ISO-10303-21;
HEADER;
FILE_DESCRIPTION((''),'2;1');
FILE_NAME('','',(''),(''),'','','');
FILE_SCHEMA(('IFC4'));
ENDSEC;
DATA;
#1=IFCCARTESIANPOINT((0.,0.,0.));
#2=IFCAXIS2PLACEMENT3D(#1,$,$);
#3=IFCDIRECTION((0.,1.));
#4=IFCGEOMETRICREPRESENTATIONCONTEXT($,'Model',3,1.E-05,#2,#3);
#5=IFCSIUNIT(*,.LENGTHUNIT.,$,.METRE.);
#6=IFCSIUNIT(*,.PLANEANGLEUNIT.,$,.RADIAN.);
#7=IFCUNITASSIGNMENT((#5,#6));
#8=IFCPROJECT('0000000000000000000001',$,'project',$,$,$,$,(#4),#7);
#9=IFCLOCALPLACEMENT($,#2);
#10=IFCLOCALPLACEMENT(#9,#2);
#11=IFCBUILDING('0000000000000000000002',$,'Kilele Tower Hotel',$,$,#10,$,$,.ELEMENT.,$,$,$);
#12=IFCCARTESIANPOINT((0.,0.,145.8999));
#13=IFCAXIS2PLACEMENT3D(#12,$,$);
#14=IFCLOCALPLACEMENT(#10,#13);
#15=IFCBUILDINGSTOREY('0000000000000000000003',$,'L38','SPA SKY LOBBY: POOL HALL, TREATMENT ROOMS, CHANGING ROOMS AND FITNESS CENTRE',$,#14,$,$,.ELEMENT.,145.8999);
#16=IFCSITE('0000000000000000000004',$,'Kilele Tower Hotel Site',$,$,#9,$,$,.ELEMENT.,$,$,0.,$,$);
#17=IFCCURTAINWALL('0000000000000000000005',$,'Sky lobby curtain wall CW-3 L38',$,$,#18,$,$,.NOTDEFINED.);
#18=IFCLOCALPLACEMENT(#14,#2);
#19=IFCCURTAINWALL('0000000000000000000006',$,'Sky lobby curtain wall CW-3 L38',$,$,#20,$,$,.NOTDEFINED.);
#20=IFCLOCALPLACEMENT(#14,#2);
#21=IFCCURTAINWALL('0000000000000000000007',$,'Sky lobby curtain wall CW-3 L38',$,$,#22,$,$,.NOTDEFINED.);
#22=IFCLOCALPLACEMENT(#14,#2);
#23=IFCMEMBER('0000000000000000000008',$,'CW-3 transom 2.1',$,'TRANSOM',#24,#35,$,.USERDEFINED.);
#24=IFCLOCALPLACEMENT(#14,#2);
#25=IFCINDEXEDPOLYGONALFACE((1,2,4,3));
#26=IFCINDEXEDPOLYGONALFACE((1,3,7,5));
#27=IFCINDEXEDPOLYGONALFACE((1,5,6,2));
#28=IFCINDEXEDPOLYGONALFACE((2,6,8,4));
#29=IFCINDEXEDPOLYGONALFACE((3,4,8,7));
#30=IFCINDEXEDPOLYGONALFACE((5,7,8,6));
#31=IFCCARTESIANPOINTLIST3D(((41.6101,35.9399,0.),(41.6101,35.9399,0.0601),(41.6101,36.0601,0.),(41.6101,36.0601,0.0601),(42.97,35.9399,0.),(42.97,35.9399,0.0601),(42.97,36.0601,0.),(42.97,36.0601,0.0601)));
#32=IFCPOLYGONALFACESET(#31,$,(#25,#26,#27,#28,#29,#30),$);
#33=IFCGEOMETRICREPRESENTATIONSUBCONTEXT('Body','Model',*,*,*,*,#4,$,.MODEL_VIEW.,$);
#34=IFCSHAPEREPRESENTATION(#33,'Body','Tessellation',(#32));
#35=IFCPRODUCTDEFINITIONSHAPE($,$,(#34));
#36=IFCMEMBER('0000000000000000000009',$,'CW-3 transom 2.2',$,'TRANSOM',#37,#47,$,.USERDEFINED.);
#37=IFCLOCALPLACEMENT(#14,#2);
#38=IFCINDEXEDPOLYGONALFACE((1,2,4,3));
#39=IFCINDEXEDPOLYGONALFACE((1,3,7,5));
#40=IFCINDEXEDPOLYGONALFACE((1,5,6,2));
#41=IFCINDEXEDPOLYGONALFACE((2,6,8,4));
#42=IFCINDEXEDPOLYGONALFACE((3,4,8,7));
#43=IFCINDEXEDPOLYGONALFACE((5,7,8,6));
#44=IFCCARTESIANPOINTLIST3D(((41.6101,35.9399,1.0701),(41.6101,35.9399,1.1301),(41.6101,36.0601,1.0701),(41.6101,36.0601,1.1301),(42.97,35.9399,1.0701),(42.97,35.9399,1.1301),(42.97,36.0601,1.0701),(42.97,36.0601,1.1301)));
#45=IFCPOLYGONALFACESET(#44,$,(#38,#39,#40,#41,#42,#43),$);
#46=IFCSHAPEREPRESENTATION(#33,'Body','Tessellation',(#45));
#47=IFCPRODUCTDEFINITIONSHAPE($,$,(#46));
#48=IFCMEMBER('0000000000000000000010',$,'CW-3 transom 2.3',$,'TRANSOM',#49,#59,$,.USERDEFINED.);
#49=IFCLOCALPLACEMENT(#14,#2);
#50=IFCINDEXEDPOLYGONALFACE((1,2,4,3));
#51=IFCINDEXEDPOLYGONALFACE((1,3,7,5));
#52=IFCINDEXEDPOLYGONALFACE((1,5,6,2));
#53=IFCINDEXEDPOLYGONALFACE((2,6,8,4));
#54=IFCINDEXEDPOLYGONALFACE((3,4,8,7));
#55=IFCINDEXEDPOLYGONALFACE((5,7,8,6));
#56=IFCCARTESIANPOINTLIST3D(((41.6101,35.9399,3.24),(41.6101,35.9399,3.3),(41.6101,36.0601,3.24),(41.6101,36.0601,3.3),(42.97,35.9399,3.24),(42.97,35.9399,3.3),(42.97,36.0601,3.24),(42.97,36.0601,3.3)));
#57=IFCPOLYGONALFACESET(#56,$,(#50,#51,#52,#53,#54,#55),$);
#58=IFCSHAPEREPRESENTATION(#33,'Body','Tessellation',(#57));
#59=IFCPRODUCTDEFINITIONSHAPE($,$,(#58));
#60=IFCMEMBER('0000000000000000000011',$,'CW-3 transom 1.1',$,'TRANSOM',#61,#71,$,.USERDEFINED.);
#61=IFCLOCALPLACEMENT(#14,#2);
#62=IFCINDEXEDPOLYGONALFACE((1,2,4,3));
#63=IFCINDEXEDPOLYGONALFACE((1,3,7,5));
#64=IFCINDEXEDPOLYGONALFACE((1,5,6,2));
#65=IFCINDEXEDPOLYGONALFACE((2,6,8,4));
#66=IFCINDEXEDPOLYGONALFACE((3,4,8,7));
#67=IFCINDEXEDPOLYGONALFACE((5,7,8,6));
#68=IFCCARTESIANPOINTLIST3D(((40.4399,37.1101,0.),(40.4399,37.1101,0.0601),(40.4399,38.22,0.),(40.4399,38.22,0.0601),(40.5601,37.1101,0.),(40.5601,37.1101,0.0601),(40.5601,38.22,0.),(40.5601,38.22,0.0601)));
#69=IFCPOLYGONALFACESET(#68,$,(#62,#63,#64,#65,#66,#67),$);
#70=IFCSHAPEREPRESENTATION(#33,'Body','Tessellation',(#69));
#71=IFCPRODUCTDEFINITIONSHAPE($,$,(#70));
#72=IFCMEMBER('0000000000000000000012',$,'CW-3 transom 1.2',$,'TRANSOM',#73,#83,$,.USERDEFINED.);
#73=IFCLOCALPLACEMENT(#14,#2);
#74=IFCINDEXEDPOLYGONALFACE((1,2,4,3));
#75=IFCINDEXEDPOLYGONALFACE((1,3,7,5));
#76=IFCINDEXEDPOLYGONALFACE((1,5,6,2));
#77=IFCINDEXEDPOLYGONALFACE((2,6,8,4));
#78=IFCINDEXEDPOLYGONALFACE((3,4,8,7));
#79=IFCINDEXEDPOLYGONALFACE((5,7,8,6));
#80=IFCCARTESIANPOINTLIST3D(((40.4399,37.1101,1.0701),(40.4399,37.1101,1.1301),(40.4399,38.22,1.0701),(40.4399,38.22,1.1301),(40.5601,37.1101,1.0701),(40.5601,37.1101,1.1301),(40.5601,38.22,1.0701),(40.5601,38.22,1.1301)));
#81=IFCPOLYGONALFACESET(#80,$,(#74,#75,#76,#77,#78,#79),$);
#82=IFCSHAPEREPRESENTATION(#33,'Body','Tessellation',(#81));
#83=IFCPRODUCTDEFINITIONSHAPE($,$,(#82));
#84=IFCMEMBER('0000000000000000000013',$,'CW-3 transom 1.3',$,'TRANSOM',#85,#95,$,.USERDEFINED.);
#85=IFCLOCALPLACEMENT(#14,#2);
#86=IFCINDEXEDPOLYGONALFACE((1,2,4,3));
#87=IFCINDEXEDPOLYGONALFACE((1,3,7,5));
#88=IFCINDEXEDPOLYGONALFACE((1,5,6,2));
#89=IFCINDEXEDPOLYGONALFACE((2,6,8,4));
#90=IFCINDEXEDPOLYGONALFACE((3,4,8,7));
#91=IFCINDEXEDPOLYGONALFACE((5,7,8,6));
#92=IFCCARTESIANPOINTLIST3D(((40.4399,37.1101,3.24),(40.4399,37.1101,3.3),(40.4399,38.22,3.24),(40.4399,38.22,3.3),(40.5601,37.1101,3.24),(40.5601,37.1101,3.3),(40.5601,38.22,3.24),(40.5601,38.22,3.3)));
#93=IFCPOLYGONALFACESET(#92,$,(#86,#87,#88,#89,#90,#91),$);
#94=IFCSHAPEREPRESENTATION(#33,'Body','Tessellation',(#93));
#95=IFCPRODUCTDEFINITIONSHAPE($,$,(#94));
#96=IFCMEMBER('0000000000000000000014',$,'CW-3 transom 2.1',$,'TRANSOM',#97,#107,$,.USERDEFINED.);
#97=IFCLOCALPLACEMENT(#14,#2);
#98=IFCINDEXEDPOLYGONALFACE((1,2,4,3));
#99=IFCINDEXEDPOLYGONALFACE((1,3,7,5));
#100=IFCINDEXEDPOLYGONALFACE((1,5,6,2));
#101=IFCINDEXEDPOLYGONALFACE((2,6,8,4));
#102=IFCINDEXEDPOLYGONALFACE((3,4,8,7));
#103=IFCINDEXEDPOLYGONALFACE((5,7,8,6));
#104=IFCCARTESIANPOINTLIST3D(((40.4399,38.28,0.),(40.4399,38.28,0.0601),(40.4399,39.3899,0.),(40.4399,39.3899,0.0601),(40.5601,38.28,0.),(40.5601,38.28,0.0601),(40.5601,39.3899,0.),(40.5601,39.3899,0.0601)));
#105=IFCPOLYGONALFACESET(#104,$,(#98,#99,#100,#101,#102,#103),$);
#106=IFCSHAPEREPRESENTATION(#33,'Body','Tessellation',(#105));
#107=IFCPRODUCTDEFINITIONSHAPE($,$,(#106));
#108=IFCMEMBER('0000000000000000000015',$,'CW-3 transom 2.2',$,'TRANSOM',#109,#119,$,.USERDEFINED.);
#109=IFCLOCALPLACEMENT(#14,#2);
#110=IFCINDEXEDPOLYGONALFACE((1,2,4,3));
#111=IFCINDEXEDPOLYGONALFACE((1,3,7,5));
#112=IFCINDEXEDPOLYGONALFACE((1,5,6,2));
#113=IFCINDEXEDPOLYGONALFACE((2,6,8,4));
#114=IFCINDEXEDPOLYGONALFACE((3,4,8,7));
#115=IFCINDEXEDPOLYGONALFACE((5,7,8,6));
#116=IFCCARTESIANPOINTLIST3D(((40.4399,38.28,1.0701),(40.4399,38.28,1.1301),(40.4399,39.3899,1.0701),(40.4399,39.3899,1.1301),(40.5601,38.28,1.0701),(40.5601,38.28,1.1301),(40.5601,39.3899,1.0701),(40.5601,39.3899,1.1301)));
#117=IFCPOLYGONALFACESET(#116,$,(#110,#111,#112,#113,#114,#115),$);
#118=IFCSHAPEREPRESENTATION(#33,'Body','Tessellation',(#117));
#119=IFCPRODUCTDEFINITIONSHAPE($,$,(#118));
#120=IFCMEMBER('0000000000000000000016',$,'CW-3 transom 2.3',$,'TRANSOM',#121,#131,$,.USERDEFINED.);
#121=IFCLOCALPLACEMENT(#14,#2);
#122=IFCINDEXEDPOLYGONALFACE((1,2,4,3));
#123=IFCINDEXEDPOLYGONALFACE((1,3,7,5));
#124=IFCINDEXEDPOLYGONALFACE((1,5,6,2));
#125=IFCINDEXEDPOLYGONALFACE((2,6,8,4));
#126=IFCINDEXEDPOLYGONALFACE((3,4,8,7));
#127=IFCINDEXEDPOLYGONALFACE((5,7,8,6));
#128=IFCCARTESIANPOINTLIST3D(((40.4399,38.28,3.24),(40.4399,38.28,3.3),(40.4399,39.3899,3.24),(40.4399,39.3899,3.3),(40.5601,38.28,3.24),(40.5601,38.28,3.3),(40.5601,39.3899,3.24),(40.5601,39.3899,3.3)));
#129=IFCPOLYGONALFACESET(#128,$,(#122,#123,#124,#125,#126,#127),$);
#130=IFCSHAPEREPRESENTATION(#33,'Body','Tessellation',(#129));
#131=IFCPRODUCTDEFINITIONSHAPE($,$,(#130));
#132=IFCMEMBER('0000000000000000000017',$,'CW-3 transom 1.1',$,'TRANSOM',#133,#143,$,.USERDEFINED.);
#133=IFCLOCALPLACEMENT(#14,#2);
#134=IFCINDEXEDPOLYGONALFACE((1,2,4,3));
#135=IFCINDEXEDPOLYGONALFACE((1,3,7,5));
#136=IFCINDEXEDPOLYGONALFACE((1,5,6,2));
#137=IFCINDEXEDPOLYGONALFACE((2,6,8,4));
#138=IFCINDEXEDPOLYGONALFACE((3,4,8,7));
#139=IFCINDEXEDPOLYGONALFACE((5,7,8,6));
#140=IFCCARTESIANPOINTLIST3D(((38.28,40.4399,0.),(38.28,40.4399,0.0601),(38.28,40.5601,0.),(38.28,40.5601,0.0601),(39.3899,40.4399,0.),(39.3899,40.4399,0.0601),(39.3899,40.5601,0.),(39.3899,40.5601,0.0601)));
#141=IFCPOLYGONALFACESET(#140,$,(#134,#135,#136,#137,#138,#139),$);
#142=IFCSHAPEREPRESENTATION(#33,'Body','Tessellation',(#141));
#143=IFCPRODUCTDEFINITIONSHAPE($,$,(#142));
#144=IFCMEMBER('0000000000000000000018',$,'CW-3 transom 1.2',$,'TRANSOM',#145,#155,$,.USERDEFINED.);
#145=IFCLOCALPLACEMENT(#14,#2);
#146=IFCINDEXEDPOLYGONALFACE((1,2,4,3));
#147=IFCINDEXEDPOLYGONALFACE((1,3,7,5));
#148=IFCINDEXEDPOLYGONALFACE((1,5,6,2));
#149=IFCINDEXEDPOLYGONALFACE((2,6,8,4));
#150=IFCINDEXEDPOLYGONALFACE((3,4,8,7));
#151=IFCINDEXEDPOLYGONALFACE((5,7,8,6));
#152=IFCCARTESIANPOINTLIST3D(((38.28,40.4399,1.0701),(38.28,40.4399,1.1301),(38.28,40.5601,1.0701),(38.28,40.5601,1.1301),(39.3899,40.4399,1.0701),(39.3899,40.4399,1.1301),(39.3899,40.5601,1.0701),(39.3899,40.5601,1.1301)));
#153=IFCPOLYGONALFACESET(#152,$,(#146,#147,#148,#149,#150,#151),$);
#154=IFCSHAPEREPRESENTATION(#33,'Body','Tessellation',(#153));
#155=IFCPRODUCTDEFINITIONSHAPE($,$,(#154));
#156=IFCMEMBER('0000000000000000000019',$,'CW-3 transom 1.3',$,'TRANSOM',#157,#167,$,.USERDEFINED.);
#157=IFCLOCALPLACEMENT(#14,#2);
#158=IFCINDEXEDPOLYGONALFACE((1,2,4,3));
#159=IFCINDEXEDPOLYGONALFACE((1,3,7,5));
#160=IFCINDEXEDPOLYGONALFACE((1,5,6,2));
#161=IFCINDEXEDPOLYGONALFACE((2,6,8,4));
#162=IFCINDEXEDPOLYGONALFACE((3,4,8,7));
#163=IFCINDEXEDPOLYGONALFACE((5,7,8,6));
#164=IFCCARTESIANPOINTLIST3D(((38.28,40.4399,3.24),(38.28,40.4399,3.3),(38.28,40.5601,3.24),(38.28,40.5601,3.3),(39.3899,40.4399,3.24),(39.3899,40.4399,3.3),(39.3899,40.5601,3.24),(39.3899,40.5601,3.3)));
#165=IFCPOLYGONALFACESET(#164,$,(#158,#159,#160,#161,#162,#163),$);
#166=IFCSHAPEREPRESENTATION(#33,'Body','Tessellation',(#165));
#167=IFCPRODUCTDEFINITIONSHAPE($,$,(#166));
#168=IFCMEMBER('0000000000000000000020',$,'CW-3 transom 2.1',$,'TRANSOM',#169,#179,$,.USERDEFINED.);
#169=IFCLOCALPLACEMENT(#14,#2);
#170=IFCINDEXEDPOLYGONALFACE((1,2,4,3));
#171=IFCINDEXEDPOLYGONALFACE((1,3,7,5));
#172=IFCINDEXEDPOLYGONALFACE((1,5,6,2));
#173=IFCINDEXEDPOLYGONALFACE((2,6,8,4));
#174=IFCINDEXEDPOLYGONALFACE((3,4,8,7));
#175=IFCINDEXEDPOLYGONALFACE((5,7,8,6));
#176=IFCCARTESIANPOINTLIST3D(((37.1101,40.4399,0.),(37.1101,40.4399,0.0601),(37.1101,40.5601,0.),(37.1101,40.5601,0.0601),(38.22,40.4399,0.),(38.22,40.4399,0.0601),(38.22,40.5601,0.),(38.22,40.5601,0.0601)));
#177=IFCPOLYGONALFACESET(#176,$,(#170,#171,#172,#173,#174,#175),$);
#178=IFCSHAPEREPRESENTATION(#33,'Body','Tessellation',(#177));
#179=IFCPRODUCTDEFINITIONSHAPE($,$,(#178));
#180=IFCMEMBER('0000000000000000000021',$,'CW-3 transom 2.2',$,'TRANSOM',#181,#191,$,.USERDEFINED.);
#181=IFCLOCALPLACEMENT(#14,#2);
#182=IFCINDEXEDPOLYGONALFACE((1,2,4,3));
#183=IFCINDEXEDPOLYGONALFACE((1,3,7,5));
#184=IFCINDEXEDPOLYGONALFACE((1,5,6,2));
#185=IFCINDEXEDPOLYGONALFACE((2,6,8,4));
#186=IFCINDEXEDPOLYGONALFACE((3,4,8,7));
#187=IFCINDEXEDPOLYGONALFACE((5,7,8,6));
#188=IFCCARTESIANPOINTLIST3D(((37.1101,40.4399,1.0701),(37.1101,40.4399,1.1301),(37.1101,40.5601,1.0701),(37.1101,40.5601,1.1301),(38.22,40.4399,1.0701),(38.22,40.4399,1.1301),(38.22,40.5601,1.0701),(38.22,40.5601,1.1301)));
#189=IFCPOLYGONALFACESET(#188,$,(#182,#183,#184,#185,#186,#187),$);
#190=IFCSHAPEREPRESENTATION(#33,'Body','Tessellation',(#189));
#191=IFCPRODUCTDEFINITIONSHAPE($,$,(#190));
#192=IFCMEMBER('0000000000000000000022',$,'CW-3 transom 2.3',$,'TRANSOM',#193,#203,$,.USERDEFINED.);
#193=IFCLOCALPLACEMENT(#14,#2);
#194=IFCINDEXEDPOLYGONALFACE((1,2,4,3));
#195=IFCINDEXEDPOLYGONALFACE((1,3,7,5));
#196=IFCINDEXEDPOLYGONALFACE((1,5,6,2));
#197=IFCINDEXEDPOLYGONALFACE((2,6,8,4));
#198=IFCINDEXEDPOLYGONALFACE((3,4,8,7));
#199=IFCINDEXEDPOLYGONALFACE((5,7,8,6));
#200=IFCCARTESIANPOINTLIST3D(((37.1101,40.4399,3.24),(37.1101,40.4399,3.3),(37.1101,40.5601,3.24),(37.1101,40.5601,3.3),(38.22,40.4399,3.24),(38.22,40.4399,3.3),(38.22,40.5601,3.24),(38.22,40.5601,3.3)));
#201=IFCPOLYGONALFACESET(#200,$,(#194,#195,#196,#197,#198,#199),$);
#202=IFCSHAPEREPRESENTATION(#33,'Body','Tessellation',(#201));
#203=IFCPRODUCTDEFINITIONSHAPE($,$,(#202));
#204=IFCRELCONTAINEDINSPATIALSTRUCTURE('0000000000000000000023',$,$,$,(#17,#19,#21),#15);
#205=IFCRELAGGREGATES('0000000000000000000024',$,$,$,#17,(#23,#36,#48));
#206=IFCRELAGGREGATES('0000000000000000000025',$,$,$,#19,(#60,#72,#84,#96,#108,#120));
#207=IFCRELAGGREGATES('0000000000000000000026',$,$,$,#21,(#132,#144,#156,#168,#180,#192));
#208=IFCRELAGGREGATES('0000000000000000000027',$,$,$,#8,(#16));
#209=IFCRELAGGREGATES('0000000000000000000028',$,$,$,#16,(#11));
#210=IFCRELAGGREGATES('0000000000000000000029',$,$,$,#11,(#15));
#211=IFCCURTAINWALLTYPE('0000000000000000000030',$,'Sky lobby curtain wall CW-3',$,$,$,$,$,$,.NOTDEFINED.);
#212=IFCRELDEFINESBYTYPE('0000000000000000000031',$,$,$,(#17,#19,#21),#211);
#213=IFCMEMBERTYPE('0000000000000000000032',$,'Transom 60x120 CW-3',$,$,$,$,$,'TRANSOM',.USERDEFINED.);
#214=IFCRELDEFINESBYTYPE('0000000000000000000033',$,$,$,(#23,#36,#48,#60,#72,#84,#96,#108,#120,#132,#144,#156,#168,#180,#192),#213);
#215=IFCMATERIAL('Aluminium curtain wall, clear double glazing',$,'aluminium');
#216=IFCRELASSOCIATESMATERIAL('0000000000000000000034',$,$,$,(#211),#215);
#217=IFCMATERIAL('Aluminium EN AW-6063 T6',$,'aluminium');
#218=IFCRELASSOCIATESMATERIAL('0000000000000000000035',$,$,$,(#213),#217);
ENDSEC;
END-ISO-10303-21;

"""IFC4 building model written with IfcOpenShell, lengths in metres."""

from ifc_helpers import new_model, si_unit, direction, frame, origin, origin_2d, place, context, subcontext, project, spatial, rectangle, extrude, material, material_profile, profile_set, type_object, element, aggregate, save


model = new_model("IFC4")

# Units and contexts
model_context = context("Model", 3, precision=1e-05, world=origin(), true_north=direction((0.0, 1.0)))
body_context = subcontext(model_context, "Body", "Model", "MODEL_VIEW")
ifc_project = project(units=[si_unit("LENGTHUNIT", "METRE"), si_unit("PLANEANGLEUNIT", "RADIAN")], contexts=[model_context])

# Site, building, storey
site_placement = place(None, origin())
site = spatial("IfcSite", under=ifc_project, at=site_placement, Name="Kilele Tower Hotel Site", CompositionType="ELEMENT", RefElevation=0.0)
building_placement = place(site_placement, origin())
building = spatial("IfcBuilding", under=site, at=building_placement, Name="Kilele Tower Hotel", CompositionType="ELEMENT")
storey_placement = place(building_placement, frame((0.0, 0.0, 145.8999)))
storey = spatial("IfcBuildingStorey", under=building, at=storey_placement, Name="L38", Description="SPA SKY LOBBY: POOL HALL, TREATMENT ROOMS, CHANGING ROOMS AND FITNESS CENTRE", CompositionType="ELEMENT", Elevation=145.8999)

# Curtain walls
ifc_material_1 = material(Name="Aluminium curtain wall, clear double glazing", Category="aluminium")
curtain_wall_type = type_object("IfcCurtainWallType", Name="Sky lobby curtain wall CW-3", PredefinedType="NOTDEFINED", material=ifc_material_1)
curtain_wall_1_placement = place(storey_placement, origin())
curtain_wall_1 = element("IfcCurtainWall", 1, at=curtain_wall_1_placement, inside=storey, type_object=curtain_wall_type, Name="Sky lobby curtain wall CW-3 L38", PredefinedType="NOTDEFINED")
curtain_wall_2_placement = place(storey_placement, origin())
curtain_wall_2 = element("IfcCurtainWall", 2, at=curtain_wall_2_placement, inside=storey, type_object=curtain_wall_type, Name="Sky lobby curtain wall CW-3 L38", PredefinedType="NOTDEFINED")
curtain_wall_3_placement = place(storey_placement, origin())
curtain_wall_3 = element("IfcCurtainWall", 3, at=curtain_wall_3_placement, inside=storey, type_object=curtain_wall_type, Name="Sky lobby curtain wall CW-3 L38", PredefinedType="NOTDEFINED")

# Members
ifc_material_2 = material(Name="Aluminium EN AW-6063 T6", Category="aluminium")
ifc_material_profile_1 = material_profile(ifc_material_2, rectangle(XDim=0.1201, YDim=0.0601, at=origin_2d()))
ifc_profile_set_1 = profile_set([ifc_material_profile_1], Name="Aluminium EN AW-6063 T6")
member_type_1 = type_object("IfcMemberType", Name="Transom 60x120 CW-3", ElementType="TRANSOM", PredefinedType="USERDEFINED", material=ifc_profile_set_1)
member_1_placement = place(storey_placement, frame((42.97, 36.0, 0.03), z_axis=(-1.0, 0.0, 0.0), x_axis=(0.0, -1.0, 0.0)))
member_1 = element("IfcMember", 4, at=member_1_placement, type_object=member_type_1, Name="CW-3 transom 2.1", ObjectType="TRANSOM", PredefinedType="USERDEFINED", context=body_context, shape_type="SweptSolid", body=[
    extrude(rectangle(XDim=0.1201, YDim=0.0601, at=origin_2d()), origin(), (0.0, 0.0, 1.0), 1.3599),
])
member_2_placement = place(storey_placement, frame((42.97, 36.0, 1.1001), z_axis=(-1.0, 0.0, 0.0), x_axis=(0.0, -1.0, 0.0)))
member_2 = element("IfcMember", 5, at=member_2_placement, type_object=member_type_1, Name="CW-3 transom 2.2", ObjectType="TRANSOM", PredefinedType="USERDEFINED", context=body_context, shape_type="SweptSolid", body=[
    extrude(rectangle(XDim=0.1201, YDim=0.0601, at=origin_2d()), origin(), (0.0, 0.0, 1.0), 1.3599),
])
member_3_placement = place(storey_placement, frame((42.97, 36.0, 3.27), z_axis=(-1.0, 0.0, 0.0), x_axis=(0.0, -1.0, 0.0)))
member_3 = element("IfcMember", 6, at=member_3_placement, type_object=member_type_1, Name="CW-3 transom 2.3", ObjectType="TRANSOM", PredefinedType="USERDEFINED", context=body_context, shape_type="SweptSolid", body=[
    extrude(rectangle(XDim=0.1201, YDim=0.0601, at=origin_2d()), origin(), (0.0, 0.0, 1.0), 1.3599),
])
member_4_placement = place(storey_placement, frame((40.5, 37.1101, 0.03), z_axis=(0.0, 1.0, 0.0), x_axis=(-1.0, 0.0, 0.0)))
member_4 = element("IfcMember", 7, at=member_4_placement, type_object=member_type_1, Name="CW-3 transom 1.1", ObjectType="TRANSOM", PredefinedType="USERDEFINED", context=body_context, shape_type="SweptSolid", body=[
    extrude(rectangle(XDim=0.1201, YDim=0.0601, at=origin_2d()), origin(), (0.0, 0.0, 1.0), 1.1099),
])
member_5_placement = place(storey_placement, frame((40.5, 37.1101, 1.1001), z_axis=(0.0, 1.0, 0.0), x_axis=(-1.0, 0.0, 0.0)))
member_5 = element("IfcMember", 8, at=member_5_placement, type_object=member_type_1, Name="CW-3 transom 1.2", ObjectType="TRANSOM", PredefinedType="USERDEFINED", context=body_context, shape_type="SweptSolid", body=[
    extrude(rectangle(XDim=0.1201, YDim=0.0601, at=origin_2d()), origin(), (0.0, 0.0, 1.0), 1.1099),
])
member_6_placement = place(storey_placement, frame((40.5, 37.1101, 3.27), z_axis=(0.0, 1.0, 0.0), x_axis=(-1.0, 0.0, 0.0)))
member_6 = element("IfcMember", 9, at=member_6_placement, type_object=member_type_1, Name="CW-3 transom 1.3", ObjectType="TRANSOM", PredefinedType="USERDEFINED", context=body_context, shape_type="SweptSolid", body=[
    extrude(rectangle(XDim=0.1201, YDim=0.0601, at=origin_2d()), origin(), (0.0, 0.0, 1.0), 1.1099),
])
member_7_placement = place(storey_placement, frame((40.5, 38.28, 0.03), z_axis=(0.0, 1.0, 0.0), x_axis=(-1.0, 0.0, 0.0)))
member_7 = element("IfcMember", 10, at=member_7_placement, type_object=member_type_1, Name="CW-3 transom 2.1", ObjectType="TRANSOM", PredefinedType="USERDEFINED", context=body_context, shape_type="SweptSolid", body=[
    extrude(rectangle(XDim=0.1201, YDim=0.0601, at=origin_2d()), origin(), (0.0, 0.0, 1.0), 1.1099),
])
member_8_placement = place(storey_placement, frame((40.5, 38.28, 1.1001), z_axis=(0.0, 1.0, 0.0), x_axis=(-1.0, 0.0, 0.0)))
member_8 = element("IfcMember", 11, at=member_8_placement, type_object=member_type_1, Name="CW-3 transom 2.2", ObjectType="TRANSOM", PredefinedType="USERDEFINED", context=body_context, shape_type="SweptSolid", body=[
    extrude(rectangle(XDim=0.1201, YDim=0.0601, at=origin_2d()), origin(), (0.0, 0.0, 1.0), 1.1099),
])
member_9_placement = place(storey_placement, frame((40.5, 38.28, 3.27), z_axis=(0.0, 1.0, 0.0), x_axis=(-1.0, 0.0, 0.0)))
member_9 = element("IfcMember", 12, at=member_9_placement, type_object=member_type_1, Name="CW-3 transom 2.3", ObjectType="TRANSOM", PredefinedType="USERDEFINED", context=body_context, shape_type="SweptSolid", body=[
    extrude(rectangle(XDim=0.1201, YDim=0.0601, at=origin_2d()), origin(), (0.0, 0.0, 1.0), 1.1099),
])
member_10_placement = place(storey_placement, frame((39.3899, 40.5, 0.03), z_axis=(-1.0, 0.0, 0.0), x_axis=(0.0, -1.0, 0.0)))
member_10 = element("IfcMember", 13, at=member_10_placement, type_object=member_type_1, Name="CW-3 transom 1.1", ObjectType="TRANSOM", PredefinedType="USERDEFINED", context=body_context, shape_type="SweptSolid", body=[
    extrude(rectangle(XDim=0.1201, YDim=0.0601, at=origin_2d()), origin(), (0.0, 0.0, 1.0), 1.1099),
])
member_11_placement = place(storey_placement, frame((39.3899, 40.5, 1.1001), z_axis=(-1.0, 0.0, 0.0), x_axis=(0.0, -1.0, 0.0)))
member_11 = element("IfcMember", 14, at=member_11_placement, type_object=member_type_1, Name="CW-3 transom 1.2", ObjectType="TRANSOM", PredefinedType="USERDEFINED", context=body_context, shape_type="SweptSolid", body=[
    extrude(rectangle(XDim=0.1201, YDim=0.0601, at=origin_2d()), origin(), (0.0, 0.0, 1.0), 1.1099),
])
member_12_placement = place(storey_placement, frame((39.3899, 40.5, 3.27), z_axis=(-1.0, 0.0, 0.0), x_axis=(0.0, -1.0, 0.0)))
member_12 = element("IfcMember", 15, at=member_12_placement, type_object=member_type_1, Name="CW-3 transom 1.3", ObjectType="TRANSOM", PredefinedType="USERDEFINED", context=body_context, shape_type="SweptSolid", body=[
    extrude(rectangle(XDim=0.1201, YDim=0.0601, at=origin_2d()), origin(), (0.0, 0.0, 1.0), 1.1099),
])
member_13_placement = place(storey_placement, frame((38.22, 40.5, 0.03), z_axis=(-1.0, 0.0, 0.0), x_axis=(0.0, -1.0, 0.0)))
member_13 = element("IfcMember", 16, at=member_13_placement, type_object=member_type_1, Name="CW-3 transom 2.1", ObjectType="TRANSOM", PredefinedType="USERDEFINED", context=body_context, shape_type="SweptSolid", body=[
    extrude(rectangle(XDim=0.1201, YDim=0.0601, at=origin_2d()), origin(), (0.0, 0.0, 1.0), 1.1099),
])
member_14_placement = place(storey_placement, frame((38.22, 40.5, 1.1001), z_axis=(-1.0, 0.0, 0.0), x_axis=(0.0, -1.0, 0.0)))
member_14 = element("IfcMember", 17, at=member_14_placement, type_object=member_type_1, Name="CW-3 transom 2.2", ObjectType="TRANSOM", PredefinedType="USERDEFINED", context=body_context, shape_type="SweptSolid", body=[
    extrude(rectangle(XDim=0.1201, YDim=0.0601, at=origin_2d()), origin(), (0.0, 0.0, 1.0), 1.1099),
])
member_15_placement = place(storey_placement, frame((38.22, 40.5, 3.27), z_axis=(-1.0, 0.0, 0.0), x_axis=(0.0, -1.0, 0.0)))
member_15 = element("IfcMember", 18, at=member_15_placement, type_object=member_type_1, Name="CW-3 transom 2.3", ObjectType="TRANSOM", PredefinedType="USERDEFINED", context=body_context, shape_type="SweptSolid", body=[
    extrude(rectangle(XDim=0.1201, YDim=0.0601, at=origin_2d()), origin(), (0.0, 0.0, 1.0), 1.1099),
])

aggregate(curtain_wall_1, [member_1, member_2, member_3])
aggregate(curtain_wall_2, [member_4, member_5, member_6, member_7, member_8, member_9])
aggregate(curtain_wall_3, [member_10, member_11, member_12, member_13, member_14, member_15])

save(model, "model.ifc")
